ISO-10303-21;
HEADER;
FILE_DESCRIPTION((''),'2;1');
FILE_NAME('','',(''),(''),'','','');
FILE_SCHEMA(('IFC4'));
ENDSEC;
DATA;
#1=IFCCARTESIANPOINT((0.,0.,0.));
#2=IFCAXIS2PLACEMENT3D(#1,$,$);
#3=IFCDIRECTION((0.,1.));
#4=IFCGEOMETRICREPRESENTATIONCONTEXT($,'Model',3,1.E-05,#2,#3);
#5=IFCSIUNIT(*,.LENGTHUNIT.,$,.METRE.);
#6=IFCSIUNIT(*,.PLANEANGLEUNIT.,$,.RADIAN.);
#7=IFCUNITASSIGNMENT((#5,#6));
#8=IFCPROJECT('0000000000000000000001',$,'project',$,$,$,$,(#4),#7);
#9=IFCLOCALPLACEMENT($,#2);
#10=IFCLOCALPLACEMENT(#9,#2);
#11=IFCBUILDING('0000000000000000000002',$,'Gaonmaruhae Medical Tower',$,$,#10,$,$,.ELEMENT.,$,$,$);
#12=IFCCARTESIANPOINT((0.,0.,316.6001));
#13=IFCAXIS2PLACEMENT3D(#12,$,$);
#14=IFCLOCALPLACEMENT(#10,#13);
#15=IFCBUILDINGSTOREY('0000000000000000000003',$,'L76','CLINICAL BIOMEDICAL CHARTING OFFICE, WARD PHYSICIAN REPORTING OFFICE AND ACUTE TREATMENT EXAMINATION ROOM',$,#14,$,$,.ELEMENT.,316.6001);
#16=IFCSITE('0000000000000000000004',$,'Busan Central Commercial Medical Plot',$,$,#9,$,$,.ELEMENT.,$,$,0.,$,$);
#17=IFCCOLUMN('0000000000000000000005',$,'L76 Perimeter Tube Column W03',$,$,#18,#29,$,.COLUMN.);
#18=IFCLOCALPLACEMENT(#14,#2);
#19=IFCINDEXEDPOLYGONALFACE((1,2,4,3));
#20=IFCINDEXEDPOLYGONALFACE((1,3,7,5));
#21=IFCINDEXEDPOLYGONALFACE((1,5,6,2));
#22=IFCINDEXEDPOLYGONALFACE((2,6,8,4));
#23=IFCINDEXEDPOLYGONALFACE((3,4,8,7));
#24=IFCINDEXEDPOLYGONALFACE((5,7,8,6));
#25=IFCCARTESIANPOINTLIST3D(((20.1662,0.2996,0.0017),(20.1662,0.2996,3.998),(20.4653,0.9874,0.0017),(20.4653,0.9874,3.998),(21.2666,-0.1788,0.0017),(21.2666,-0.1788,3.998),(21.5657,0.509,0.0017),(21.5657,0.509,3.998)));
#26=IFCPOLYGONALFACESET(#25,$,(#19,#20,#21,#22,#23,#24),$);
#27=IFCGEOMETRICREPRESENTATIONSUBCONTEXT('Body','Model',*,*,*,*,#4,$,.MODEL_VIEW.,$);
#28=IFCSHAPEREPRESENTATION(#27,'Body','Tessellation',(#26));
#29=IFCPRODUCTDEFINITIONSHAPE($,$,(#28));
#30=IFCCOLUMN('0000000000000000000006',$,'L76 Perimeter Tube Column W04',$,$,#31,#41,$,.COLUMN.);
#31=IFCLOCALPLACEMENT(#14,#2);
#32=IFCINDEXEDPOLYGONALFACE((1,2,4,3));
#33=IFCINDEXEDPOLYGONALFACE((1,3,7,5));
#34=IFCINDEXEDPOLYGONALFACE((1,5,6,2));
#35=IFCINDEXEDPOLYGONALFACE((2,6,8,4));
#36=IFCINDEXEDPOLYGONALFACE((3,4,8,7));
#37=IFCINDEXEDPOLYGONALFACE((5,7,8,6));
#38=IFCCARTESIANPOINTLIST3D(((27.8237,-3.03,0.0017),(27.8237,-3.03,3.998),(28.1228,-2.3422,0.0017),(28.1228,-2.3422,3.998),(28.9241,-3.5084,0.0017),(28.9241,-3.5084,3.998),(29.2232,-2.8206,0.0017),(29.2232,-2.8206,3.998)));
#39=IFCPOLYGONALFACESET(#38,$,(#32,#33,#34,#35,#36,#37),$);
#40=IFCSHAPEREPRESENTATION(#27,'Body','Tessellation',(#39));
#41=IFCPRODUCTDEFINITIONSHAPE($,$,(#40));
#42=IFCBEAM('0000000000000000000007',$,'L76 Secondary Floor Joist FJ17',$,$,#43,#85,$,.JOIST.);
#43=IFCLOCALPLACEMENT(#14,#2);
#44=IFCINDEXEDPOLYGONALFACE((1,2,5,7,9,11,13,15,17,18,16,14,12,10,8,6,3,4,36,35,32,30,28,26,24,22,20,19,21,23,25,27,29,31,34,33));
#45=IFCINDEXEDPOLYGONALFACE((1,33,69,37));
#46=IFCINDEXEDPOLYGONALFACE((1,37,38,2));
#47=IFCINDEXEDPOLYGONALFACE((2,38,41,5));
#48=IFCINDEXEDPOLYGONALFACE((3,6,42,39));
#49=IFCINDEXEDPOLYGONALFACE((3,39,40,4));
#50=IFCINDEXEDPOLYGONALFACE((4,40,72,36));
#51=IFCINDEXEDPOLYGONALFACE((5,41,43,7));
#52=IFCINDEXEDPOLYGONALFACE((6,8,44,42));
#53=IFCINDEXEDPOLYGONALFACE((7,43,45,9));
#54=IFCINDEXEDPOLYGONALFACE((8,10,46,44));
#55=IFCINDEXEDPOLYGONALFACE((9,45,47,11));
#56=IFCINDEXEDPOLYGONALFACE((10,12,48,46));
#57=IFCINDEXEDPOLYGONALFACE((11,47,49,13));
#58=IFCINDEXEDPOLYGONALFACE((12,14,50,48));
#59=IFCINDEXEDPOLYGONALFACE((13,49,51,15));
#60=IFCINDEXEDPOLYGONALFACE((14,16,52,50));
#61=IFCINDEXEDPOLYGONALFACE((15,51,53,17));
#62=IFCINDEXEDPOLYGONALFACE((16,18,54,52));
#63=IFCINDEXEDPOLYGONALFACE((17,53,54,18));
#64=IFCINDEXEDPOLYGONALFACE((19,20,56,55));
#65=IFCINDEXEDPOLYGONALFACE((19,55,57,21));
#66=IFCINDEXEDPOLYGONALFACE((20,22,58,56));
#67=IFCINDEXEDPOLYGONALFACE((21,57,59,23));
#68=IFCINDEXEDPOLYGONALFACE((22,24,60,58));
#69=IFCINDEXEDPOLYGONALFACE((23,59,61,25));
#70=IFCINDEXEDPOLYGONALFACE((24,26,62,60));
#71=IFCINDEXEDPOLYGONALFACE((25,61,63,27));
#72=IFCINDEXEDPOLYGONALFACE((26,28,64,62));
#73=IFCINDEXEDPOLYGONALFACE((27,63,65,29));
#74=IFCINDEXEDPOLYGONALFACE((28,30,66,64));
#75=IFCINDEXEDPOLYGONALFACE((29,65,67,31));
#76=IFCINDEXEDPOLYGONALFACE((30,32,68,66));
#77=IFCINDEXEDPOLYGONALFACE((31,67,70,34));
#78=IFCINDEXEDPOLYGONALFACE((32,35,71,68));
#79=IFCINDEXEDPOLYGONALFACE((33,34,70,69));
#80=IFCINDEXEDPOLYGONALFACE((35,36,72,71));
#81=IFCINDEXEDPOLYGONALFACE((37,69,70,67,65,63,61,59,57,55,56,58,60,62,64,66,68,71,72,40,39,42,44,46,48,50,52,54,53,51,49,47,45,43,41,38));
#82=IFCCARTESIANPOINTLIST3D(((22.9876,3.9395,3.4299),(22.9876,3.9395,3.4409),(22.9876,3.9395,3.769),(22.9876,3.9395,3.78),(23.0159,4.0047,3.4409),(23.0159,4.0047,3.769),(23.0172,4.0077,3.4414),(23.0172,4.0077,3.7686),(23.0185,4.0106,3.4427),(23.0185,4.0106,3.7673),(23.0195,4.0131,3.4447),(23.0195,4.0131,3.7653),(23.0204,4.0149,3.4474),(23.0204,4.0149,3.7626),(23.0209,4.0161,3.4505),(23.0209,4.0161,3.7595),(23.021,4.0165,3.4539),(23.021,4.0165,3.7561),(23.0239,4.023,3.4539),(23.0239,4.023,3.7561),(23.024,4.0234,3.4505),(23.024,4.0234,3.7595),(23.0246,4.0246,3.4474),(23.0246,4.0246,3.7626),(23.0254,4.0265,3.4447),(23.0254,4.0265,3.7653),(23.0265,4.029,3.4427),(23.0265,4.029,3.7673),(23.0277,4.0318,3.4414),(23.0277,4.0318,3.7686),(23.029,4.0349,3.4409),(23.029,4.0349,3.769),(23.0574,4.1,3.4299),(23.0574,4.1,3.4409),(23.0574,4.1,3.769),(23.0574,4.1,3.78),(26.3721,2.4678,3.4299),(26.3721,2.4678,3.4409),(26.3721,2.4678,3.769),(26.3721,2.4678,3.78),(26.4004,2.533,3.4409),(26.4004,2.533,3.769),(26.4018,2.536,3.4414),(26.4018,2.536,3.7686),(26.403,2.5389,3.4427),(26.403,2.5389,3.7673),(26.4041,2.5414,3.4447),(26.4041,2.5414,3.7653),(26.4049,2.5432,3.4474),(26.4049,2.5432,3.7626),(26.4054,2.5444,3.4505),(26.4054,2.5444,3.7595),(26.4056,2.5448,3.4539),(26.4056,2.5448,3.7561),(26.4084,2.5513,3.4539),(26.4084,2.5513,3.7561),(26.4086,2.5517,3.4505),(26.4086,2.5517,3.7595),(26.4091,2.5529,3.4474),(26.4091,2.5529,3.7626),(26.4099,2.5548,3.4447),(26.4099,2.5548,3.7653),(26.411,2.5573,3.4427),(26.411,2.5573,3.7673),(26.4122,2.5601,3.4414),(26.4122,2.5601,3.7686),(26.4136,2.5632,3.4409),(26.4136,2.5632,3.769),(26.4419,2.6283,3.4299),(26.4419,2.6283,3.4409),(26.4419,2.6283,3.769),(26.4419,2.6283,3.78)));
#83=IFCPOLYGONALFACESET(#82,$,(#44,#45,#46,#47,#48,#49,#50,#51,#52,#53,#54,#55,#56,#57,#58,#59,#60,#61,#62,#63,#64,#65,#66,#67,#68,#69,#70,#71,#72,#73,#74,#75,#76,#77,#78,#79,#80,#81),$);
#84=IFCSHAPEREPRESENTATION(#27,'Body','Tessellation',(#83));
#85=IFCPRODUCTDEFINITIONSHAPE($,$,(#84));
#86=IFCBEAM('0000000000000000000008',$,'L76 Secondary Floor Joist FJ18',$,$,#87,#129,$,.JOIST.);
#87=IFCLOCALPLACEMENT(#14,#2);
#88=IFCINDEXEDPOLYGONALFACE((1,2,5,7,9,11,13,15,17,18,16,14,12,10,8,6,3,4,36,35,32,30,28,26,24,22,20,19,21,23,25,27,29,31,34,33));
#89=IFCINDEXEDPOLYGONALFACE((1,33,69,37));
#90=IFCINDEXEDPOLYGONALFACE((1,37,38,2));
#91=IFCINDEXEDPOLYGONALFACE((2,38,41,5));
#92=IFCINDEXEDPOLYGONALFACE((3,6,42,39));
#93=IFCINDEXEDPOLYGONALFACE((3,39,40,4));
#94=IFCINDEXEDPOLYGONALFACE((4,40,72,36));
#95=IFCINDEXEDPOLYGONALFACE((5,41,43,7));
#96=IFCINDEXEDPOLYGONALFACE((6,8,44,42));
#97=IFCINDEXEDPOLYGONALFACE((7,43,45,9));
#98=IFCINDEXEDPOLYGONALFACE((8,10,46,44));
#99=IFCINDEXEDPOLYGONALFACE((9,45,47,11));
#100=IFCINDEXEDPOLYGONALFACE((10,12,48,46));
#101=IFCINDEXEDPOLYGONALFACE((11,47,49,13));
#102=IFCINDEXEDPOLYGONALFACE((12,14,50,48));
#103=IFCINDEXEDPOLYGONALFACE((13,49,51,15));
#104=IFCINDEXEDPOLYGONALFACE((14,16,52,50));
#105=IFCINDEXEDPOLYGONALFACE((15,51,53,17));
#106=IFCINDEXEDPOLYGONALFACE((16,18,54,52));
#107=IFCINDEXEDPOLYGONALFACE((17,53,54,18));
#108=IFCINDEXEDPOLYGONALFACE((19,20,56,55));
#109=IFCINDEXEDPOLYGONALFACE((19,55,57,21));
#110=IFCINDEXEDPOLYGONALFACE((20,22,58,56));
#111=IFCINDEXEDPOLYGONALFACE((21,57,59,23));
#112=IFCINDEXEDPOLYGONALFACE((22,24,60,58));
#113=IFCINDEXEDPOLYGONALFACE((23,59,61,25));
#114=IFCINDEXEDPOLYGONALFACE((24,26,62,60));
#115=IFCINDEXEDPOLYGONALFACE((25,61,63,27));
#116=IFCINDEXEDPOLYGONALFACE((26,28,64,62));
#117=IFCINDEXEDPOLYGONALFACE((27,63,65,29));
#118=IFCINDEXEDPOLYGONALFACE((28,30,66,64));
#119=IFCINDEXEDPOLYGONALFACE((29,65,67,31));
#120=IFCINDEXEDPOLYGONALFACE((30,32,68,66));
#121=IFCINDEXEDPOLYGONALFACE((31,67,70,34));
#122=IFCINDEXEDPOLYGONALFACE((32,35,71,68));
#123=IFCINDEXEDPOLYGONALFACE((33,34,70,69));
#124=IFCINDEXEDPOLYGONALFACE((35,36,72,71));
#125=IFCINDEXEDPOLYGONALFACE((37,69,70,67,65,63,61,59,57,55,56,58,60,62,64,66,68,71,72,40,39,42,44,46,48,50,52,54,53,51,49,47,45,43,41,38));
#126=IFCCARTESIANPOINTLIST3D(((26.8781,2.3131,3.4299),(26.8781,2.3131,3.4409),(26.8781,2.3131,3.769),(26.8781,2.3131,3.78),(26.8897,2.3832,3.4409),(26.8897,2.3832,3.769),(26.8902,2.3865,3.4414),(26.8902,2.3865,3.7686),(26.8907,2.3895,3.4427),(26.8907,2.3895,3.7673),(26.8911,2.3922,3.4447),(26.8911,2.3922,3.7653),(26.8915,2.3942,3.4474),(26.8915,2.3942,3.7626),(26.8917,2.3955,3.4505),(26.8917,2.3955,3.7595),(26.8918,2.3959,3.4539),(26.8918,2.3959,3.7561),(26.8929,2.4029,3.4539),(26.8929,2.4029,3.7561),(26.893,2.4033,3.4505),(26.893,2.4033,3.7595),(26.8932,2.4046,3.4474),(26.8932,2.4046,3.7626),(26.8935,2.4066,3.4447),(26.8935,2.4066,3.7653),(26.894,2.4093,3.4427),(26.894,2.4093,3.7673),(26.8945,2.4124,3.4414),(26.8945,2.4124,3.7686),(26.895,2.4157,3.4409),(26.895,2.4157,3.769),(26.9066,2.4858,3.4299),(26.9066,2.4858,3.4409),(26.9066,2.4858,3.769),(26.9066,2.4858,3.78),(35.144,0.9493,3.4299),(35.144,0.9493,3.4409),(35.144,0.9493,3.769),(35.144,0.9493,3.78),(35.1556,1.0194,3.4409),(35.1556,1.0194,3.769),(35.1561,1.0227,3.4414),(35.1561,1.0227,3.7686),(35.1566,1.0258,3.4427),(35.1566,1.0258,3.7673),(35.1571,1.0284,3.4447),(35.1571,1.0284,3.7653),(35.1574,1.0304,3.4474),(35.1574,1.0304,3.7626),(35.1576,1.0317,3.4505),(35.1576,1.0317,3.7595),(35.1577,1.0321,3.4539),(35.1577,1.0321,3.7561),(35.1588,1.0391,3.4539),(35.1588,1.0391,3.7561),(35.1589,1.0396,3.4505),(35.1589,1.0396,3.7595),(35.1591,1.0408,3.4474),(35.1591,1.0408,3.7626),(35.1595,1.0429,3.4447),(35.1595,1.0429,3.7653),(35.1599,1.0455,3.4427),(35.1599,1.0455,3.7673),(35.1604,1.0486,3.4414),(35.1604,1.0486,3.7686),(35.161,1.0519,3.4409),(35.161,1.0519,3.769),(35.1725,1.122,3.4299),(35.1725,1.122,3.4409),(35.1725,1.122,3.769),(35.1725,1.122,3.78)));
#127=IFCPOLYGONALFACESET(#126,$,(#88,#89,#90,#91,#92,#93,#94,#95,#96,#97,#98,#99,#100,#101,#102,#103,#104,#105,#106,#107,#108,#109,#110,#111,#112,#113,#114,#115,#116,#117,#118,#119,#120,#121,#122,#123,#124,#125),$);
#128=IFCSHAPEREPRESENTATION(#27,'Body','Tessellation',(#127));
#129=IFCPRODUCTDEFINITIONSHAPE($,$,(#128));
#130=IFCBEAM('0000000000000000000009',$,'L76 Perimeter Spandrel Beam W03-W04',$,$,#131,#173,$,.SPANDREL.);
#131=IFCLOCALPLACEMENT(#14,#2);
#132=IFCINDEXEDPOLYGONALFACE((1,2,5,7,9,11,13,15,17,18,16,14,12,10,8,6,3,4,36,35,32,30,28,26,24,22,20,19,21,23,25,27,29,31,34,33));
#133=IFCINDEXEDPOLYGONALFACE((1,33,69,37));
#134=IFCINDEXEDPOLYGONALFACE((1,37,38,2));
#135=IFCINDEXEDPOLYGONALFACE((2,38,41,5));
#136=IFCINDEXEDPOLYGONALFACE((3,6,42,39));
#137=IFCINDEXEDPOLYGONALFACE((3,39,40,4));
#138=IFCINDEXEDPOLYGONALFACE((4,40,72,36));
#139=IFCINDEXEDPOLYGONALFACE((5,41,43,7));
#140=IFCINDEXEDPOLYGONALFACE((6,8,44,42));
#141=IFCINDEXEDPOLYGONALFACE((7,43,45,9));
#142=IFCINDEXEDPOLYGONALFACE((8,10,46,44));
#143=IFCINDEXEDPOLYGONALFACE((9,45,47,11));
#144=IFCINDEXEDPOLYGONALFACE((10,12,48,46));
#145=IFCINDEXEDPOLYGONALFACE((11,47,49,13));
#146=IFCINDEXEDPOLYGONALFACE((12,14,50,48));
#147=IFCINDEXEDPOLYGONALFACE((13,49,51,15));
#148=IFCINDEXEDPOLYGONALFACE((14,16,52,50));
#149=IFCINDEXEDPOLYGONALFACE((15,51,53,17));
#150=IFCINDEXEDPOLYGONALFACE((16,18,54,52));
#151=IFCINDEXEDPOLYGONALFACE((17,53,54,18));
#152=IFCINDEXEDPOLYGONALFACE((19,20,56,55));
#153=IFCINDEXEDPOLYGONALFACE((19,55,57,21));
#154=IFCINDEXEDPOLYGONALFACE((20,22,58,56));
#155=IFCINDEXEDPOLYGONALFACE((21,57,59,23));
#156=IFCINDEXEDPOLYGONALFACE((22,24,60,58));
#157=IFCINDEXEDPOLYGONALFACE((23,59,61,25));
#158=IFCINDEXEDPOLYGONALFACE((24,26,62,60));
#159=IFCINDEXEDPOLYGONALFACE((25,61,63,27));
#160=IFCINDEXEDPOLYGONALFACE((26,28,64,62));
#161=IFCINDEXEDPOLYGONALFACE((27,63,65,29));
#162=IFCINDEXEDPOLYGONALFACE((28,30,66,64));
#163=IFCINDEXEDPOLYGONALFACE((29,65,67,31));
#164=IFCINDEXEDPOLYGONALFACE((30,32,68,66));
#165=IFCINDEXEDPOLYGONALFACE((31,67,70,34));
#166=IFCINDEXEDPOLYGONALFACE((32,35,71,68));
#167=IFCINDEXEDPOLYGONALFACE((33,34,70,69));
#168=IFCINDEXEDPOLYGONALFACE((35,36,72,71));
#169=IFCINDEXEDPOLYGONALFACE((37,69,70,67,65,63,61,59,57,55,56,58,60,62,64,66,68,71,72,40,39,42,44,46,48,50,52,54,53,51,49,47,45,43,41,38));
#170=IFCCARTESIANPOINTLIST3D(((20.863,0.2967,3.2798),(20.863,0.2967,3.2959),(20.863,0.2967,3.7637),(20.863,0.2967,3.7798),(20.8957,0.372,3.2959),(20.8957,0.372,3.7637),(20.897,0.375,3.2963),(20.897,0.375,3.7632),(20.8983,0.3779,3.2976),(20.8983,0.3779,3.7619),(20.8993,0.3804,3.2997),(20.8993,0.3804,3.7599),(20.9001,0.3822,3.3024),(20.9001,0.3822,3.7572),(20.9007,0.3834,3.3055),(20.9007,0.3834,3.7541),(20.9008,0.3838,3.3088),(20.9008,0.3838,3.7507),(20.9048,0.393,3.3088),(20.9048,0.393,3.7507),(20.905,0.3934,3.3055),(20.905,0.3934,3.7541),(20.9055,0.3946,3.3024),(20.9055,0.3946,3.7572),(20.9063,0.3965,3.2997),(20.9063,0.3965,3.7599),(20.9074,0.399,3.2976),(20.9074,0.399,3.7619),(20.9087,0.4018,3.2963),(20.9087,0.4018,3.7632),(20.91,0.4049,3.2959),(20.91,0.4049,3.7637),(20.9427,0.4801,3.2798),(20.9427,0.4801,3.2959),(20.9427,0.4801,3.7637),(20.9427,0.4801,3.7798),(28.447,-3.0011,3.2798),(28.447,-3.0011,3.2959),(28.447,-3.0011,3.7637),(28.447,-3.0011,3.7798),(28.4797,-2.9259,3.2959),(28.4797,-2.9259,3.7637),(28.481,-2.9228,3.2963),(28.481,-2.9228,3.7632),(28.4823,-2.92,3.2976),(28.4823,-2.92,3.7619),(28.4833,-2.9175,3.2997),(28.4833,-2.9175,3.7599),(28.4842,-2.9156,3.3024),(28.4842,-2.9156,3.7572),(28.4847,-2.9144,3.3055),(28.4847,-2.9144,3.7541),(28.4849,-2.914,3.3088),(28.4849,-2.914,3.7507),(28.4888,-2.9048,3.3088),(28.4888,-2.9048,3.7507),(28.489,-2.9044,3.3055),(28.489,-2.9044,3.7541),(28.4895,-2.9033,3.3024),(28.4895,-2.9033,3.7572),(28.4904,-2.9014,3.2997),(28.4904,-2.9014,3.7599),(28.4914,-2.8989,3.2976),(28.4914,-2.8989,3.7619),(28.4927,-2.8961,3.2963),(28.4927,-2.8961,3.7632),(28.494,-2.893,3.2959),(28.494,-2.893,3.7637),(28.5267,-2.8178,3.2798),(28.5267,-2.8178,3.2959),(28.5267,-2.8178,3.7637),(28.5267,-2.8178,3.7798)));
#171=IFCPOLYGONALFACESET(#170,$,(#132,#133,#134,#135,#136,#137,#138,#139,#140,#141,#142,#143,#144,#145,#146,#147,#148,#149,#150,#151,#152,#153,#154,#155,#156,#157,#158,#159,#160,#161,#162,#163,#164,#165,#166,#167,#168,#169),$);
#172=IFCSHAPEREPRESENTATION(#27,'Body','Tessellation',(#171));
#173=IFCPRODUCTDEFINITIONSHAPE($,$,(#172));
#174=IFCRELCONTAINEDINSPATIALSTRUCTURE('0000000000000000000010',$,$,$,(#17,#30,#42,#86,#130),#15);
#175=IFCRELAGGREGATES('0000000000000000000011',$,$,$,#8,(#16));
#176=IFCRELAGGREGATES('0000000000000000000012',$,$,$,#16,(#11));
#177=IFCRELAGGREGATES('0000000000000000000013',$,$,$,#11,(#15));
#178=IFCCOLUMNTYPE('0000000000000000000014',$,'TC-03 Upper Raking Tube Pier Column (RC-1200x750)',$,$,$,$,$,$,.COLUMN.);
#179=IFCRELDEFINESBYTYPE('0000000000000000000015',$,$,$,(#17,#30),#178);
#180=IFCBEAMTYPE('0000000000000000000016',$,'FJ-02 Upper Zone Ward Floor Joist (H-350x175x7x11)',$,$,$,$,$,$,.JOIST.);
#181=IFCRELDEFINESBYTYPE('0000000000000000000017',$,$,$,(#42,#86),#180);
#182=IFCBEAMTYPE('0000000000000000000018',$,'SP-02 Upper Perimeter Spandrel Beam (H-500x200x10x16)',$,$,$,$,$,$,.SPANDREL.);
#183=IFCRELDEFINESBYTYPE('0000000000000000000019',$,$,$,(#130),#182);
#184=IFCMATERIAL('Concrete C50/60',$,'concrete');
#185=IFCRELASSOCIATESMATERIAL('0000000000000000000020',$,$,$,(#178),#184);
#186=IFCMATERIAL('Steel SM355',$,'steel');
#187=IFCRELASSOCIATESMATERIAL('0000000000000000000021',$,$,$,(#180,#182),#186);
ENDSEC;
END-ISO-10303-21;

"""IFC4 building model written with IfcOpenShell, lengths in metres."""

from ifc_helpers import new_model, si_unit, direction, frame, origin, origin_2d, place, context, subcontext, project, spatial, rectangle, i_section, extrude, material, material_profile, profile_set, type_object, element, save


model = new_model("IFC4")

# Units and contexts
model_context = context("Model", 3, precision=1e-05, world=origin(), true_north=direction((0.0, 1.0)))
body_context = subcontext(model_context, "Body", "Model", "MODEL_VIEW")
ifc_project = project(units=[si_unit("LENGTHUNIT", "METRE"), si_unit("PLANEANGLEUNIT", "RADIAN")], contexts=[model_context])

# Site, building, storey
site_placement = place(None, origin())
site = spatial("IfcSite", under=ifc_project, at=site_placement, Name="Busan Central Commercial Medical Plot", CompositionType="ELEMENT", RefElevation=0.0)
building_placement = place(site_placement, origin())
building = spatial("IfcBuilding", under=site, at=building_placement, Name="Gaonmaruhae Medical Tower", CompositionType="ELEMENT")
storey_placement = place(building_placement, frame((0.0, 0.0, 316.6001)))
storey = spatial("IfcBuildingStorey", under=building, at=storey_placement, Name="L76", Description="CLINICAL BIOMEDICAL CHARTING OFFICE, WARD PHYSICIAN REPORTING OFFICE AND ACUTE TREATMENT EXAMINATION ROOM", CompositionType="ELEMENT", Elevation=316.6001)

# Columns
ifc_material_1 = material(Name="Concrete C50/60", Category="concrete")
ifc_material_profile_1 = material_profile(ifc_material_1, rectangle(XDim=1.2, YDim=0.75, at=origin_2d()), Name="RC-1200x750")
ifc_profile_set_1 = profile_set([ifc_material_profile_1], Name="Concrete C50/60")
column_type = type_object("IfcColumnType", Name="TC-03 Upper Raking Tube Pier Column (RC-1200x750)", PredefinedType="COLUMN", material=ifc_profile_set_1)
for number, where, z_axis, x_axis, name in (
    (1, (20.866, 0.4043, 0.0017), (0.0, 0.0, 1.0), (-0.91706, 0.398749, 0.0), "L76 Perimeter Tube Column W03"),
    (2, (28.5234, -2.9253, 0.0017), (0.0, 0.0, 1.0), (-0.91706, 0.398749, 0.0), "L76 Perimeter Tube Column W04"),
):
    element("IfcColumn", number, at=place(storey_placement, frame(where, z_axis=z_axis, x_axis=x_axis)), inside=storey, type_object=column_type, Name=name, PredefinedType="COLUMN", context=body_context, shape_type="SweptSolid", body=[
        extrude(rectangle(XDim=1.2, YDim=0.75, at=origin_2d()), origin(), (0.0, 0.0, 1.0), 3.9963),
    ])

# Beams
ifc_material_2 = material(Name="Steel SM355", Category="steel")
ifc_material_profile_2 = material_profile(ifc_material_2, i_section(OverallWidth=0.175, OverallDepth=0.3501, WebThickness=0.0071, FlangeThickness=0.011, FilletRadius=0.0129, at=origin_2d()), Name="H-350x175x7x11")
ifc_profile_set_2 = profile_set([ifc_material_profile_2], Name="Steel SM355")
beam_type_1 = type_object("IfcBeamType", Name="FJ-02 Upper Zone Ward Floor Joist (H-350x175x7x11)", PredefinedType="JOIST", material=ifc_profile_set_2)
beam_1_placement = place(storey_placement, frame((23.0225, 4.0198, 3.605), z_axis=(0.917055, -0.39876, 0.0), x_axis=(0.39876, 0.917055, 0.0)))
element("IfcBeam", 3, at=beam_1_placement, inside=storey, type_object=beam_type_1, Name="L76 Secondary Floor Joist FJ17", PredefinedType="JOIST", context=body_context, shape_type="SweptSolid", body=[
    extrude(i_section(OverallWidth=0.175, OverallDepth=0.3501, WebThickness=0.0071, FlangeThickness=0.011, FilletRadius=0.0129, at=origin_2d()), origin(), (0.0, 0.0, 1.0), 3.6907),
])
beam_2_placement = place(storey_placement, frame((26.8923, 2.3994, 3.605), z_axis=(0.986661, -0.162787, 0.0), x_axis=(0.162787, 0.986661, 0.0)))
element("IfcBeam", 4, at=beam_2_placement, inside=storey, type_object=beam_type_1, Name="L76 Secondary Floor Joist FJ18", PredefinedType="JOIST", context=body_context, shape_type="SweptSolid", body=[
    extrude(i_section(OverallWidth=0.175, OverallDepth=0.3501, WebThickness=0.0071, FlangeThickness=0.011, FilletRadius=0.0129, at=origin_2d()), origin(), (0.0, 0.0, 1.0), 8.3777),
])
ifc_material_profile_3 = material_profile(ifc_material_2, i_section(OverallWidth=0.2, OverallDepth=0.5, WebThickness=0.01, FlangeThickness=0.0161, FilletRadius=0.0129, at=origin_2d()), Name="H-500x200x10x16")
ifc_profile_set_3 = profile_set([ifc_material_profile_3], Name="Steel SM355")
beam_type_2 = type_object("IfcBeamType", Name="SP-02 Upper Perimeter Spandrel Beam (H-500x200x10x16)", PredefinedType="SPANDREL", material=ifc_profile_set_3)
beam_3_placement = place(storey_placement, frame((20.9028, 0.3884, 3.5298), z_axis=(0.917049, -0.398774, 0.0), x_axis=(0.398774, 0.917049, 0.0)))
element("IfcBeam", 5, at=beam_3_placement, inside=storey, type_object=beam_type_2, Name="L76 Perimeter Spandrel Beam W03-W04", PredefinedType="SPANDREL", context=body_context, shape_type="SweptSolid", body=[
    extrude(i_section(OverallWidth=0.2, OverallDepth=0.5, WebThickness=0.01, FlangeThickness=0.0161, FilletRadius=0.0129, at=origin_2d()), origin(), (0.0, 0.0, 1.0), 8.27),
])

save(model, "model.ifc")
